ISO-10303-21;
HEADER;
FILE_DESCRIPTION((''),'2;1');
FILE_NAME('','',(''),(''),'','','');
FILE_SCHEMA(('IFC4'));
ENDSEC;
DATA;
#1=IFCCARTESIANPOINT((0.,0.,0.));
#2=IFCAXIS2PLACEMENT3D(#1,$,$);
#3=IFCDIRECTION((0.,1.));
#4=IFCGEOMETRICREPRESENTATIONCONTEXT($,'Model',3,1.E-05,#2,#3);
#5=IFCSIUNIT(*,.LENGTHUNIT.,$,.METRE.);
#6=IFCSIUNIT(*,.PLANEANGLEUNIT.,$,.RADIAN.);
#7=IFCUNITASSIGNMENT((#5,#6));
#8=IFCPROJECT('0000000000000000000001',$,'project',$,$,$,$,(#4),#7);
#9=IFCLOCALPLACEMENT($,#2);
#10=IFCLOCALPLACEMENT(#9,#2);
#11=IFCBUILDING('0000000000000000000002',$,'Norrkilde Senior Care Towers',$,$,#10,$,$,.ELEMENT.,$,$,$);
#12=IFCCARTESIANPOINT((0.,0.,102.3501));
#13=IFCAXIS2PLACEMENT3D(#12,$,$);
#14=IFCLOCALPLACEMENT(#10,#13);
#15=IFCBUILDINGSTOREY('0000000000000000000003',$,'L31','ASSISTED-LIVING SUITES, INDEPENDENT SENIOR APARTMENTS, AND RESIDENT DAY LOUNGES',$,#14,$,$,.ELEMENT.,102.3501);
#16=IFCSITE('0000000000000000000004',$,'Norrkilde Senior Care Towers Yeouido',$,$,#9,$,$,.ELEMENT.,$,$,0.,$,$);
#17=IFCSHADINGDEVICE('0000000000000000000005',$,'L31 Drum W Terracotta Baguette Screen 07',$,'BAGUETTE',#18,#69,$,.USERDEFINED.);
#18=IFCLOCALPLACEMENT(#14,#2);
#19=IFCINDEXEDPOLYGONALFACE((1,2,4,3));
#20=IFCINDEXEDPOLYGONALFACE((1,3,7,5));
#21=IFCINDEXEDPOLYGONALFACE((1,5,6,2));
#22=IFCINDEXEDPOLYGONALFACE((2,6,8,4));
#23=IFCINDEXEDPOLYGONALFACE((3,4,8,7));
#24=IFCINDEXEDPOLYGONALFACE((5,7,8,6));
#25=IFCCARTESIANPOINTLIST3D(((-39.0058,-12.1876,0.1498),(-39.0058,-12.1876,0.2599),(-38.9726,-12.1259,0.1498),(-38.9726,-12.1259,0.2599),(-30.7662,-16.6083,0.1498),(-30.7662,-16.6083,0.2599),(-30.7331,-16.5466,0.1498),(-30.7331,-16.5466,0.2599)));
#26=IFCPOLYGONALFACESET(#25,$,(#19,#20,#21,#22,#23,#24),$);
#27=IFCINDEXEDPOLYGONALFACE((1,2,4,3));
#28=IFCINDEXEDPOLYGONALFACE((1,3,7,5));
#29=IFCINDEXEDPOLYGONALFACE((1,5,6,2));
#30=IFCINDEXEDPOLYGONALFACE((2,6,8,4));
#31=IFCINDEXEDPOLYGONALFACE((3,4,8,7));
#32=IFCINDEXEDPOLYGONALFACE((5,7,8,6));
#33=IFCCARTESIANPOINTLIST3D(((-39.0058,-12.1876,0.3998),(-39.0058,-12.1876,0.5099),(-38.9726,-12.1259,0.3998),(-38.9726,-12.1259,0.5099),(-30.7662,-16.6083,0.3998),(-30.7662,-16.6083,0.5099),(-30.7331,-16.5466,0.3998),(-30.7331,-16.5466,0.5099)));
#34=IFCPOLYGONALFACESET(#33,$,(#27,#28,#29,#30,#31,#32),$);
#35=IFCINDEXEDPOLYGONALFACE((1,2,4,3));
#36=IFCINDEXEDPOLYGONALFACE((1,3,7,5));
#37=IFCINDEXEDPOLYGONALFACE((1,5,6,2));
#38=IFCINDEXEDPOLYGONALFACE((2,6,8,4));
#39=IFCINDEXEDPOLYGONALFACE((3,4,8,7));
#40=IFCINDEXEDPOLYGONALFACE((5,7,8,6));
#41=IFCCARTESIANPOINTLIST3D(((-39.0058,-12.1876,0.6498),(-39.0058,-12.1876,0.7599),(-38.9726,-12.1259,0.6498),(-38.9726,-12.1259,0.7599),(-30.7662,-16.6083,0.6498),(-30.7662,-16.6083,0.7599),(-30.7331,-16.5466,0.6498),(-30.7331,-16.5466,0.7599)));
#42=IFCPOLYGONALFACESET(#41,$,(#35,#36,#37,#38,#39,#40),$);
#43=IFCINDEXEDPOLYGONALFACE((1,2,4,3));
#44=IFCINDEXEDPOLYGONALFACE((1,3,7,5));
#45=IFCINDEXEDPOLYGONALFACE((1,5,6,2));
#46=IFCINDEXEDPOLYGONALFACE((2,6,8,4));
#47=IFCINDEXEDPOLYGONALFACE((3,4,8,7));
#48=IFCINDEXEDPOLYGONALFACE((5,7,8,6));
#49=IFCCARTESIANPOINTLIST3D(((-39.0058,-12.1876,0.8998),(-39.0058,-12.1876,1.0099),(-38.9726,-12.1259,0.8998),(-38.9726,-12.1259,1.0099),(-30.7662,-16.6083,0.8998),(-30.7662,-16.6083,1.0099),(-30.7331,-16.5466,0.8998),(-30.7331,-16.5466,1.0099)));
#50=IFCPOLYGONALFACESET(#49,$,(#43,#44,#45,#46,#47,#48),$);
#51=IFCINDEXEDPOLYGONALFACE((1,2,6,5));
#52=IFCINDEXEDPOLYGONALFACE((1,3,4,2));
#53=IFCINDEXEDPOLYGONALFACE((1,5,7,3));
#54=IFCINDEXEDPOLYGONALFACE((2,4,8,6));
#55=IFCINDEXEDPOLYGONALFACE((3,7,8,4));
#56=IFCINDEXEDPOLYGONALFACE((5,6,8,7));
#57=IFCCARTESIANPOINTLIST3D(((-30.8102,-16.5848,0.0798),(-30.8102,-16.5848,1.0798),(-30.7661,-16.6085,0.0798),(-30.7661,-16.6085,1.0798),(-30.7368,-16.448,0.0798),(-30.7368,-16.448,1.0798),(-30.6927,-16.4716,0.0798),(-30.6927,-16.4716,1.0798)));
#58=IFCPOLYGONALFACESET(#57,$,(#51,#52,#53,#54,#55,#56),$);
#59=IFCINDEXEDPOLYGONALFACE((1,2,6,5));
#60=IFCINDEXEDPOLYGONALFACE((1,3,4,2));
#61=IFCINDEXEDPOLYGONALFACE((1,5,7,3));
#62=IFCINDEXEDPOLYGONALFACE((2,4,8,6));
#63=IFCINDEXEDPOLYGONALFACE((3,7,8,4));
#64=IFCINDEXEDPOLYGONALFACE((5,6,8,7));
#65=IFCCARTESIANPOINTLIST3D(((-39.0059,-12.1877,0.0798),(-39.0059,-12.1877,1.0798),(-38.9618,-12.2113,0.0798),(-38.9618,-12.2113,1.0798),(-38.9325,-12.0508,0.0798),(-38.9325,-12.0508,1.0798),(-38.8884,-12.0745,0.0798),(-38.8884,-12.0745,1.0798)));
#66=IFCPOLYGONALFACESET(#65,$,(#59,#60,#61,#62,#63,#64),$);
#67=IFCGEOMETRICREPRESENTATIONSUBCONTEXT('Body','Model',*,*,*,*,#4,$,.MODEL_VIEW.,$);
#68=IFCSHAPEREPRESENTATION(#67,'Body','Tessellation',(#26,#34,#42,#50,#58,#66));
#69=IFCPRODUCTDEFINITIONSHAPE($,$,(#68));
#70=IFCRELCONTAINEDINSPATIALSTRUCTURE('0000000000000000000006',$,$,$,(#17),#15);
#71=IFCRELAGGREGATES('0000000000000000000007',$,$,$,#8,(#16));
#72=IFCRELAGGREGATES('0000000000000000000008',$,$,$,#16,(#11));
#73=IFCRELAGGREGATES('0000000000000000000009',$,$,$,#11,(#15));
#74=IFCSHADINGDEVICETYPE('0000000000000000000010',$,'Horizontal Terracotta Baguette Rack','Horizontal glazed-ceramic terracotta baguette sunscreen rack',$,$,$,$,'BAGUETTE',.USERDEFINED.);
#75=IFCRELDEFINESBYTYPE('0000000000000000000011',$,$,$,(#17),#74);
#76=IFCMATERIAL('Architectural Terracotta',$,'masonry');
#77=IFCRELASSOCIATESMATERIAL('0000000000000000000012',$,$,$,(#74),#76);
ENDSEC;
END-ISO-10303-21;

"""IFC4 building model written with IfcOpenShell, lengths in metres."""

from ifc_helpers import new_model, si_unit, direction, frame, origin, origin_2d, place, context, subcontext, project, spatial, rectangle, extrude, source, transform, mapped, material, type_object, type_shapes, element, save


model = new_model("IFC4")

# Units and contexts
model_context = context("Model", 3, precision=1e-05, world=origin(), true_north=direction((0.0, 1.0)))
body_context = subcontext(model_context, "Body", "Model", "MODEL_VIEW")
ifc_project = project(units=[si_unit("LENGTHUNIT", "METRE"), si_unit("PLANEANGLEUNIT", "RADIAN")], contexts=[model_context])

# Site, building, storey
site_placement = place(None, origin())
site = spatial("IfcSite", under=ifc_project, at=site_placement, Name="Norrkilde Senior Care Towers Yeouido", CompositionType="ELEMENT", RefElevation=0.0)
building_placement = place(site_placement, origin())
building = spatial("IfcBuilding", under=site, at=building_placement, Name="Norrkilde Senior Care Towers", CompositionType="ELEMENT")
storey_placement = place(building_placement, frame((0.0, 0.0, 102.3501)))
storey = spatial("IfcBuildingStorey", under=building, at=storey_placement, Name="L31", Description="ASSISTED-LIVING SUITES, INDEPENDENT SENIOR APARTMENTS, AND RESIDENT DAY LOUNGES", CompositionType="ELEMENT", Elevation=102.3501)

# Shading device
ifc_material_1 = material(Name="Architectural Terracotta", Category="masonry")
shading_device_type = type_object("IfcShadingDeviceType", Name="Horizontal Terracotta Baguette Rack", Description="Horizontal glazed-ceramic terracotta baguette sunscreen rack", ElementType="BAGUETTE", PredefinedType="USERDEFINED", material=ifc_material_1)
shared_shape_1 = source(origin(), body_context, "Body", "SweptSolid", [
    extrude(rectangle(XDim=0.0701, YDim=0.1101, at=origin_2d()), frame((0.0, 0.0901, 0.125), z_axis=(1.0, 0.0, 0.0), x_axis=(0.0, 1.0, 0.0)), (0.0, 0.0, 1.0), 9.3506),
    extrude(rectangle(XDim=0.0701, YDim=0.1101, at=origin_2d()), frame((0.0, 0.0901, 0.375), z_axis=(1.0, 0.0, 0.0), x_axis=(0.0, 1.0, 0.0)), (0.0, 0.0, 1.0), 9.3506),
    extrude(rectangle(XDim=0.0701, YDim=0.1101, at=origin_2d()), frame((0.0, 0.0901, 0.625), z_axis=(1.0, 0.0, 0.0), x_axis=(0.0, 1.0, 0.0)), (0.0, 0.0, 1.0), 9.3506),
    extrude(rectangle(XDim=0.0701, YDim=0.1101, at=origin_2d()), frame((0.0, 0.0901, 0.875), z_axis=(1.0, 0.0, 0.0), x_axis=(0.0, 1.0, 0.0)), (0.0, 0.0, 1.0), 9.3506),
    extrude(rectangle(XDim=0.05, YDim=0.1553, at=origin_2d()), frame((0.0249, 0.0476, 0.0)), (0.0, 0.0, 1.0), 1.0),
    extrude(rectangle(XDim=0.05, YDim=0.1553, at=origin_2d()), frame((9.3257, 0.0476, 0.0)), (0.0, 0.0, 1.0), 1.0),
])
type_shapes(shading_device_type, [shared_shape_1])
shading_device_placement = place(storey_placement, frame((-30.707, -16.498, 0.0798), z_axis=(0.0, 0.0, 1.0), x_axis=(-0.881175, 0.472768, 0.0)))
element("IfcShadingDevice", 1, at=shading_device_placement, inside=storey, type_object=shading_device_type, Name="L31 Drum W Terracotta Baguette Screen 07", ObjectType="BAGUETTE", PredefinedType="USERDEFINED", context=body_context, shape_type="MappedRepresentation", body=[
    mapped(shared_shape_1, transform((0.0, 0.0, 0.0), x_axis=(1.0, 0.0, 0.0), y_axis=(0.0, 1.0, 0.0), z_axis=(0.0, 0.0, 1.0), scale=1.0)),
])

save(model, "model.ifc")
